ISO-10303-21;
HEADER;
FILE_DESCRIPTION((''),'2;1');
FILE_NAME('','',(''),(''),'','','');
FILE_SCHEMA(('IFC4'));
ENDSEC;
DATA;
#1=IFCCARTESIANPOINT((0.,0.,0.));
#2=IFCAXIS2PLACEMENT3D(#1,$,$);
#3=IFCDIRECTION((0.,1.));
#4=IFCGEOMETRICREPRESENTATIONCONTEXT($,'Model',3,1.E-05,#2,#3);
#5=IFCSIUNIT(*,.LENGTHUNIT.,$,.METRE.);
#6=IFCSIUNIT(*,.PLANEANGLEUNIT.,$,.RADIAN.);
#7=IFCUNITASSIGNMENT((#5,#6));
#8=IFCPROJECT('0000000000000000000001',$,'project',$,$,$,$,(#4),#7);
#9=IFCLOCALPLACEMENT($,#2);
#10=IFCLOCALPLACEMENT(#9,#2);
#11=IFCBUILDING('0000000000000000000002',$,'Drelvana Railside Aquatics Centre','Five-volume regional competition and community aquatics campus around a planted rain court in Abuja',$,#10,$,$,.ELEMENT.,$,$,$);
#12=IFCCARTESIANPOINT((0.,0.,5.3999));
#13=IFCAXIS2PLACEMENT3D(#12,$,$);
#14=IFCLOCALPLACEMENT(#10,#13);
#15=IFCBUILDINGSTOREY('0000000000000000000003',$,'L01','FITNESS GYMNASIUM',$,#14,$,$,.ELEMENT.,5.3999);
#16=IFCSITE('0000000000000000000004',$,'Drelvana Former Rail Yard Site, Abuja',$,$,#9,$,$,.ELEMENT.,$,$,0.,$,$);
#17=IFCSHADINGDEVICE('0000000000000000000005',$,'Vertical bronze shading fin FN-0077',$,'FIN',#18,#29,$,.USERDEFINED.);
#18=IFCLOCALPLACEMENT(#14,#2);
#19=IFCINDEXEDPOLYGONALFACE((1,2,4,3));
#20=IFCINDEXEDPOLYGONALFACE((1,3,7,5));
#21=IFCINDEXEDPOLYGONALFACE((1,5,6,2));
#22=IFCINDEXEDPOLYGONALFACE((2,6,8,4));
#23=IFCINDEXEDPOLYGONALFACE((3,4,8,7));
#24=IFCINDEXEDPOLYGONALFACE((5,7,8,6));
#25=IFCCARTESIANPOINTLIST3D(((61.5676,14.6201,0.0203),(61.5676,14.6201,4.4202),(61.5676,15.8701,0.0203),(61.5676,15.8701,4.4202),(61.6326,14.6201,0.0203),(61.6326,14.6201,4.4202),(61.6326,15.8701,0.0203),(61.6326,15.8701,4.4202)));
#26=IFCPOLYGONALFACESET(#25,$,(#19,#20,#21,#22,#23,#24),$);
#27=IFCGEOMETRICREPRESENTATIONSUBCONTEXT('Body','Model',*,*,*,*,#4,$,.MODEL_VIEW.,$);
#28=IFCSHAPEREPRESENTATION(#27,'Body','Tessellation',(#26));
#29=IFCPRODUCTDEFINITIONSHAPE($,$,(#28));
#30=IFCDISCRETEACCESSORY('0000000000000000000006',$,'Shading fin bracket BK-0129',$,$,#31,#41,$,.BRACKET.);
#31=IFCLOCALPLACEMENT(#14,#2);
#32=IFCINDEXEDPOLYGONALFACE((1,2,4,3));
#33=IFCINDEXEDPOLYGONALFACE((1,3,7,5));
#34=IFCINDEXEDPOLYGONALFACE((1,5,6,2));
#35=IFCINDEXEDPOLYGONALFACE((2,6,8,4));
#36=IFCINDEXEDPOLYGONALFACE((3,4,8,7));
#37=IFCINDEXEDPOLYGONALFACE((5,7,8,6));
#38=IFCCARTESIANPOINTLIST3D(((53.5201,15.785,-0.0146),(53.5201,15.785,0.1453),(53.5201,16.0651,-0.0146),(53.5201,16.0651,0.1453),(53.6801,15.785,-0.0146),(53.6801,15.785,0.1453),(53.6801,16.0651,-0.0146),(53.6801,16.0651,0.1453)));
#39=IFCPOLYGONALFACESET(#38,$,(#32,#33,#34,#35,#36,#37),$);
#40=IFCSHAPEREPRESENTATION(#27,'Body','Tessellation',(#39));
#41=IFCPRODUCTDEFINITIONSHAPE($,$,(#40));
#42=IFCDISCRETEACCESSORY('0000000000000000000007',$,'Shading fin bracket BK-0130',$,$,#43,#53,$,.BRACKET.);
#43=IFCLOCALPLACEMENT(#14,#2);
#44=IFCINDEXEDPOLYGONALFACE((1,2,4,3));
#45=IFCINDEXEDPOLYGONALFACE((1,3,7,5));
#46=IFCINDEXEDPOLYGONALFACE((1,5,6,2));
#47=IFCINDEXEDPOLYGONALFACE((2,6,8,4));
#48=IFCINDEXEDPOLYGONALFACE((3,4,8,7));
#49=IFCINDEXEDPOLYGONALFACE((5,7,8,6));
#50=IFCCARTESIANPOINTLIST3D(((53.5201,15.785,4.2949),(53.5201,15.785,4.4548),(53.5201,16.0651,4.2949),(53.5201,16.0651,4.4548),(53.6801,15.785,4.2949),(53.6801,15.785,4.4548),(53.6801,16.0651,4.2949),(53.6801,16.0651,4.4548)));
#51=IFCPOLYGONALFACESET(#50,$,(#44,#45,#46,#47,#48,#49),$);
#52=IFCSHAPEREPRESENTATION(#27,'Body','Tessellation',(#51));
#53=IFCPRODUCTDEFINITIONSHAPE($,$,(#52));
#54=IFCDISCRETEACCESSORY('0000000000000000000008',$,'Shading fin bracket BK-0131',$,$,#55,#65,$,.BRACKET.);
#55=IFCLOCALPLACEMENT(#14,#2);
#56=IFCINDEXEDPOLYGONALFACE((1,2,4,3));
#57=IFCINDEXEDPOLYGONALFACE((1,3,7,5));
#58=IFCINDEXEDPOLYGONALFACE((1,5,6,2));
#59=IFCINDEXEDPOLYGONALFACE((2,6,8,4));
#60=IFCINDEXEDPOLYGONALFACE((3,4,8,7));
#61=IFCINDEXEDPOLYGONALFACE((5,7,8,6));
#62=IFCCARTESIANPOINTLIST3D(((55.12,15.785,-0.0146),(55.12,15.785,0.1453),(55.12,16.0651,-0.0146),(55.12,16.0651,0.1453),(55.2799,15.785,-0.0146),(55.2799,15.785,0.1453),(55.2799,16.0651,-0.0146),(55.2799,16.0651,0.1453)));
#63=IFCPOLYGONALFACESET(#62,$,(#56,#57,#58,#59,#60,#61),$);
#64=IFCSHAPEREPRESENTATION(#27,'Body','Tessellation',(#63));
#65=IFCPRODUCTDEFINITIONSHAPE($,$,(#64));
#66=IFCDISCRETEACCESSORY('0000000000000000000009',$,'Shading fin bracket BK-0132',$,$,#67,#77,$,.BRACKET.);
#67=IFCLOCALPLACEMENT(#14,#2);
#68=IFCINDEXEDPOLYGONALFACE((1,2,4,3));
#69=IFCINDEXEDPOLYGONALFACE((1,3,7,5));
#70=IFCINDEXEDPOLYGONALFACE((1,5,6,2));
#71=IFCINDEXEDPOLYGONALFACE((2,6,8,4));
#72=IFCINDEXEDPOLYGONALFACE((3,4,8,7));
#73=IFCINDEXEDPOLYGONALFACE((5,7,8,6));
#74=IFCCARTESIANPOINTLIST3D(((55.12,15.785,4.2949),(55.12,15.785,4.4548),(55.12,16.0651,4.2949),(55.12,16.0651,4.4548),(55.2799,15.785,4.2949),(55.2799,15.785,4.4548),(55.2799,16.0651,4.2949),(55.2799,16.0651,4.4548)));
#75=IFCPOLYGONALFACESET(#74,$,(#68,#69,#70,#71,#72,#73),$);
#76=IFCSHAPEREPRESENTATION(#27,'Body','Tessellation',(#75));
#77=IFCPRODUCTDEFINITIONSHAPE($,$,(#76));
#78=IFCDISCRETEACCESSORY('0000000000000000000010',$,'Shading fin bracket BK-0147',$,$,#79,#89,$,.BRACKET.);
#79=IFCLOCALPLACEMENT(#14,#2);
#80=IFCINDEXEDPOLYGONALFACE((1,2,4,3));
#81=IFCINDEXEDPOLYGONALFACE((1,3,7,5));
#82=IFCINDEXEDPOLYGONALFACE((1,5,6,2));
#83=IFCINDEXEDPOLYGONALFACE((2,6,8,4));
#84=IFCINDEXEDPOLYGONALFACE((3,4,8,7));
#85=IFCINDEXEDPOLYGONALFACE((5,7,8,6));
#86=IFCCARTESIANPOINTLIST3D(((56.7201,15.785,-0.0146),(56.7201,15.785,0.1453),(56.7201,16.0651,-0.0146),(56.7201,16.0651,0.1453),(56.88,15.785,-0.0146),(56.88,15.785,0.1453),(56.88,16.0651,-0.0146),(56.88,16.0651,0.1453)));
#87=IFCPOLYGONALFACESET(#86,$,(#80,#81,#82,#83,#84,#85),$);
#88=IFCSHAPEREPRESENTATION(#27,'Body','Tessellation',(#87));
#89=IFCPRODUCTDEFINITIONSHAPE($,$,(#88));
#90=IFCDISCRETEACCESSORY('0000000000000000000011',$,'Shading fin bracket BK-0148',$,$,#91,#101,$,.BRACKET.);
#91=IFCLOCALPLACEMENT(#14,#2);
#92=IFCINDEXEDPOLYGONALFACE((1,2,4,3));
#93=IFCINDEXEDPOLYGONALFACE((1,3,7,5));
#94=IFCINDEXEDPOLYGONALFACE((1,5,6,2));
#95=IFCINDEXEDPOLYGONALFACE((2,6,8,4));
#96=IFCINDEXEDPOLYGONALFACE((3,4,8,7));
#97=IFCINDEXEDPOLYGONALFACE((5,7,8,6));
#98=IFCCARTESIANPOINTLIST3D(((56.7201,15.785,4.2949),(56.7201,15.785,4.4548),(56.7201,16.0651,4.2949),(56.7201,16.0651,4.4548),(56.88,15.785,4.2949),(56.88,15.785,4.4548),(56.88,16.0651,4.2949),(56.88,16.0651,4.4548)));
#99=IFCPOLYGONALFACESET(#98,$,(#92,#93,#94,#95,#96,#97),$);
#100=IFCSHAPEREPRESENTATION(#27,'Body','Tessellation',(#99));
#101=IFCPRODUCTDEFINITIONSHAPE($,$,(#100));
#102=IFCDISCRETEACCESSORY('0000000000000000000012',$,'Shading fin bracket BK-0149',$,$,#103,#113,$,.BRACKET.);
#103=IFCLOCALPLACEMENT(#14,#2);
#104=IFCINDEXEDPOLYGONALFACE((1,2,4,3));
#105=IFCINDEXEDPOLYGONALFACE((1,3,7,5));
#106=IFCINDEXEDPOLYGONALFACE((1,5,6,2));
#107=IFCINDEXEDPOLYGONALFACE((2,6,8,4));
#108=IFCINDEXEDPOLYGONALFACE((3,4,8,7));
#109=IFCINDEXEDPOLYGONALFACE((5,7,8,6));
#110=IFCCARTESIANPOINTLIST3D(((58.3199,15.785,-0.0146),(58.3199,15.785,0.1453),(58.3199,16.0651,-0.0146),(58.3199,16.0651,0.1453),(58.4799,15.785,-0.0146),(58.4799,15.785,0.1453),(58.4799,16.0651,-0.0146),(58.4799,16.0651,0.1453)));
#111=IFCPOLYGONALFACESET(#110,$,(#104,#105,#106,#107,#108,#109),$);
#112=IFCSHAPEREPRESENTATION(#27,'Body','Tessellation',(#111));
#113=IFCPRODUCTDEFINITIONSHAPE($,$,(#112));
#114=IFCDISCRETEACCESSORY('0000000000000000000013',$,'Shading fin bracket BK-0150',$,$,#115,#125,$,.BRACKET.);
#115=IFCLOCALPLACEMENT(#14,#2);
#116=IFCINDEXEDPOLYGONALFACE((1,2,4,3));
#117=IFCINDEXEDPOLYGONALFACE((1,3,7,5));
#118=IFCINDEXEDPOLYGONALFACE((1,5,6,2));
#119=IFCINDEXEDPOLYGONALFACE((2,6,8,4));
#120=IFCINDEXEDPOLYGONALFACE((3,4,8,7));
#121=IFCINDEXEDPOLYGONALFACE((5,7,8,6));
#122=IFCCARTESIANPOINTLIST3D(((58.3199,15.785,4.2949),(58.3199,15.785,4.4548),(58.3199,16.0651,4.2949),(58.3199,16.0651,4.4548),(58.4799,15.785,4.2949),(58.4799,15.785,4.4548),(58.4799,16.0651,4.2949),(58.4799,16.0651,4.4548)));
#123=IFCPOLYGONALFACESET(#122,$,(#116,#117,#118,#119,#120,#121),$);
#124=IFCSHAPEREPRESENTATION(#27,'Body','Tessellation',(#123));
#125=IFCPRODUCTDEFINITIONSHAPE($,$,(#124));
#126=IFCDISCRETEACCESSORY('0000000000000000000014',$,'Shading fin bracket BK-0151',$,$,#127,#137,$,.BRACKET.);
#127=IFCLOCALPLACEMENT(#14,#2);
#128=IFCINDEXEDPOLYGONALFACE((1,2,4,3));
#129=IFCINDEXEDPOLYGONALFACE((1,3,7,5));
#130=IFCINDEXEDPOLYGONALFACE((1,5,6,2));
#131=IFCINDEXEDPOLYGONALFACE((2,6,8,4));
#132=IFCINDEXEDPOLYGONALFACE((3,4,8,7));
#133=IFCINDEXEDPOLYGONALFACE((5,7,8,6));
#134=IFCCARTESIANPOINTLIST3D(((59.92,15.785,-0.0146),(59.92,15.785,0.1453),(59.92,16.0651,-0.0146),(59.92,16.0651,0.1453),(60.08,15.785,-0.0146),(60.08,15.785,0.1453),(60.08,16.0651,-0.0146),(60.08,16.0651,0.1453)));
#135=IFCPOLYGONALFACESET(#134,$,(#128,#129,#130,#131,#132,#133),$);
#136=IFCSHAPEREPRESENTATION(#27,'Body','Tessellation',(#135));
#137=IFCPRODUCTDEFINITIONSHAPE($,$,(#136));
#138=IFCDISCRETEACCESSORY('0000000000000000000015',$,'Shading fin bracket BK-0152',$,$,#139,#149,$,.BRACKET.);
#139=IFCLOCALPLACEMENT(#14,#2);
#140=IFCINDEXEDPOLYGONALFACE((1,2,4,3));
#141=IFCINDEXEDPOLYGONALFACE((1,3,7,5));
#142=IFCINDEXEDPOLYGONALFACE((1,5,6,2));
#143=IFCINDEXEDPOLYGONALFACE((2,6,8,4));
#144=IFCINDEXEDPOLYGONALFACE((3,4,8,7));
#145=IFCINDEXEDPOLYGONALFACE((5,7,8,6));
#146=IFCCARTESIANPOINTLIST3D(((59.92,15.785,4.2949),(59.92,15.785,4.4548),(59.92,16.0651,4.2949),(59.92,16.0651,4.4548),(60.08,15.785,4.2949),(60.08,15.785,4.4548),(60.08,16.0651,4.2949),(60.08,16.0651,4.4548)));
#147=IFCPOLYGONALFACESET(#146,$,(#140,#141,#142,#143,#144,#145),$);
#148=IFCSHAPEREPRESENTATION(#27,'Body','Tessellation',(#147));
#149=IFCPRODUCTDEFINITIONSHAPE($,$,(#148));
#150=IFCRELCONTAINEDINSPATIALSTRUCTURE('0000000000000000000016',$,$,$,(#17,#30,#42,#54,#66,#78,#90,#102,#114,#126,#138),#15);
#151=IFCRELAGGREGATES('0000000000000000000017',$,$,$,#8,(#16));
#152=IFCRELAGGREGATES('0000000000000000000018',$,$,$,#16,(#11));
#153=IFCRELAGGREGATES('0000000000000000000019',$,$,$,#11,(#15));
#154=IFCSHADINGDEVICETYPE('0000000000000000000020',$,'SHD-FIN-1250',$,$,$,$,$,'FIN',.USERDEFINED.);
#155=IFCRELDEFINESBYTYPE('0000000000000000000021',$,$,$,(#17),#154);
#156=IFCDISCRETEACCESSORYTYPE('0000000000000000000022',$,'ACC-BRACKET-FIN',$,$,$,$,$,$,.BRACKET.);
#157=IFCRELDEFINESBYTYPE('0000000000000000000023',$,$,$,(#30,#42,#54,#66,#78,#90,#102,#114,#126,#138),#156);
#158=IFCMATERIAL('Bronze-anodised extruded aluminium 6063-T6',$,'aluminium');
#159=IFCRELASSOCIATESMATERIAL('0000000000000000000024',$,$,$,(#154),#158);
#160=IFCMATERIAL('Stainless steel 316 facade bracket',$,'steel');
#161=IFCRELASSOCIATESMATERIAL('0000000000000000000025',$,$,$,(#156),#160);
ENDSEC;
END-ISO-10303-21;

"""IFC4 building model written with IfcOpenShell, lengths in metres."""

from ifc_helpers import new_model, si_unit, direction, frame, origin, origin_2d, place, context, subcontext, project, spatial, rectangle, extrude, material, type_object, element, save


model = new_model("IFC4")

# Units and contexts
model_context = context("Model", 3, precision=1e-05, world=origin(), true_north=direction((0.0, 1.0)))
body_context = subcontext(model_context, "Body", "Model", "MODEL_VIEW")
ifc_project = project(units=[si_unit("LENGTHUNIT", "METRE"), si_unit("PLANEANGLEUNIT", "RADIAN")], contexts=[model_context])

# Site, building, storey
site_placement = place(None, origin())
site = spatial("IfcSite", under=ifc_project, at=site_placement, Name="Drelvana Former Rail Yard Site, Abuja", CompositionType="ELEMENT", RefElevation=0.0)
building_placement = place(site_placement, origin())
building = spatial("IfcBuilding", under=site, at=building_placement, Name="Drelvana Railside Aquatics Centre", Description="Five-volume regional competition and community aquatics campus around a planted rain court in Abuja", CompositionType="ELEMENT")
storey_placement = place(building_placement, frame((0.0, 0.0, 5.3999)))
storey = spatial("IfcBuildingStorey", under=building, at=storey_placement, Name="L01", Description="FITNESS GYMNASIUM", CompositionType="ELEMENT", Elevation=5.3999)

# Shared definitions
ifc_material_1 = material(Name="Bronze-anodised extruded aluminium 6063-T6", Category="aluminium")

# Shading device
shading_device_type = type_object("IfcShadingDeviceType", Name="SHD-FIN-1250", ElementType="FIN", PredefinedType="USERDEFINED", material=ifc_material_1)
for number, where, z_axis, x_axis, name in (
    (1, (61.6001, 15.2451, 0.0203), (0.0, 0.0, 1.0), (0.0, -1.0, 0.0), "Vertical bronze shading fin FN-0077"),
):
    element("IfcShadingDevice", number, at=place(storey_placement, frame(where, z_axis=z_axis, x_axis=x_axis)), inside=storey, type_object=shading_device_type, Name=name, ObjectType="FIN", PredefinedType="USERDEFINED", context=body_context, shape_type="SweptSolid", body=[
        extrude(rectangle(XDim=1.25, YDim=0.0649, at=origin_2d()), origin(), (0.0, 0.0, 1.0), 4.3999),
    ])

# Discrete accessories
ifc_material_2 = material(Name="Stainless steel 316 facade bracket", Category="steel")
discrete_accessory_type = type_object("IfcDiscreteAccessoryType", Name="ACC-BRACKET-FIN", PredefinedType="BRACKET", material=ifc_material_2)
for number, where, z_axis, x_axis, name in (
    (2, (53.6001, 15.925, -0.0146), (0.0, 0.0, 1.0), (0.0, -1.0, 0.0), "Shading fin bracket BK-0129"),
    (3, (53.6001, 15.925, 4.2949), (0.0, 0.0, 1.0), (0.0, -1.0, 0.0), "Shading fin bracket BK-0130"),
    (4, (55.2, 15.925, -0.0146), (0.0, 0.0, 1.0), (0.0, -1.0, 0.0), "Shading fin bracket BK-0131"),
    (5, (55.2, 15.925, 4.2949), (0.0, 0.0, 1.0), (0.0, -1.0, 0.0), "Shading fin bracket BK-0132"),
    (6, (56.8, 15.925, -0.0146), (0.0, 0.0, 1.0), (0.0, -1.0, 0.0), "Shading fin bracket BK-0147"),
    (7, (56.8, 15.925, 4.2949), (0.0, 0.0, 1.0), (0.0, -1.0, 0.0), "Shading fin bracket BK-0148"),
    (8, (58.3999, 15.925, -0.0146), (0.0, 0.0, 1.0), (0.0, -1.0, 0.0), "Shading fin bracket BK-0149"),
    (9, (58.3999, 15.925, 4.2949), (0.0, 0.0, 1.0), (0.0, -1.0, 0.0), "Shading fin bracket BK-0150"),
    (10, (60.0, 15.925, -0.0146), (0.0, 0.0, 1.0), (0.0, -1.0, 0.0), "Shading fin bracket BK-0151"),
    (11, (60.0, 15.925, 4.2949), (0.0, 0.0, 1.0), (0.0, -1.0, 0.0), "Shading fin bracket BK-0152"),
):
    element("IfcDiscreteAccessory", number, at=place(storey_placement, frame(where, z_axis=z_axis, x_axis=x_axis)), inside=storey, type_object=discrete_accessory_type, Name=name, PredefinedType="BRACKET", context=body_context, shape_type="SweptSolid", body=[
        extrude(rectangle(XDim=0.28, YDim=0.1599, at=origin_2d()), origin(), (0.0, 0.0, 1.0), 0.1599),
    ])

save(model, "model.ifc")
